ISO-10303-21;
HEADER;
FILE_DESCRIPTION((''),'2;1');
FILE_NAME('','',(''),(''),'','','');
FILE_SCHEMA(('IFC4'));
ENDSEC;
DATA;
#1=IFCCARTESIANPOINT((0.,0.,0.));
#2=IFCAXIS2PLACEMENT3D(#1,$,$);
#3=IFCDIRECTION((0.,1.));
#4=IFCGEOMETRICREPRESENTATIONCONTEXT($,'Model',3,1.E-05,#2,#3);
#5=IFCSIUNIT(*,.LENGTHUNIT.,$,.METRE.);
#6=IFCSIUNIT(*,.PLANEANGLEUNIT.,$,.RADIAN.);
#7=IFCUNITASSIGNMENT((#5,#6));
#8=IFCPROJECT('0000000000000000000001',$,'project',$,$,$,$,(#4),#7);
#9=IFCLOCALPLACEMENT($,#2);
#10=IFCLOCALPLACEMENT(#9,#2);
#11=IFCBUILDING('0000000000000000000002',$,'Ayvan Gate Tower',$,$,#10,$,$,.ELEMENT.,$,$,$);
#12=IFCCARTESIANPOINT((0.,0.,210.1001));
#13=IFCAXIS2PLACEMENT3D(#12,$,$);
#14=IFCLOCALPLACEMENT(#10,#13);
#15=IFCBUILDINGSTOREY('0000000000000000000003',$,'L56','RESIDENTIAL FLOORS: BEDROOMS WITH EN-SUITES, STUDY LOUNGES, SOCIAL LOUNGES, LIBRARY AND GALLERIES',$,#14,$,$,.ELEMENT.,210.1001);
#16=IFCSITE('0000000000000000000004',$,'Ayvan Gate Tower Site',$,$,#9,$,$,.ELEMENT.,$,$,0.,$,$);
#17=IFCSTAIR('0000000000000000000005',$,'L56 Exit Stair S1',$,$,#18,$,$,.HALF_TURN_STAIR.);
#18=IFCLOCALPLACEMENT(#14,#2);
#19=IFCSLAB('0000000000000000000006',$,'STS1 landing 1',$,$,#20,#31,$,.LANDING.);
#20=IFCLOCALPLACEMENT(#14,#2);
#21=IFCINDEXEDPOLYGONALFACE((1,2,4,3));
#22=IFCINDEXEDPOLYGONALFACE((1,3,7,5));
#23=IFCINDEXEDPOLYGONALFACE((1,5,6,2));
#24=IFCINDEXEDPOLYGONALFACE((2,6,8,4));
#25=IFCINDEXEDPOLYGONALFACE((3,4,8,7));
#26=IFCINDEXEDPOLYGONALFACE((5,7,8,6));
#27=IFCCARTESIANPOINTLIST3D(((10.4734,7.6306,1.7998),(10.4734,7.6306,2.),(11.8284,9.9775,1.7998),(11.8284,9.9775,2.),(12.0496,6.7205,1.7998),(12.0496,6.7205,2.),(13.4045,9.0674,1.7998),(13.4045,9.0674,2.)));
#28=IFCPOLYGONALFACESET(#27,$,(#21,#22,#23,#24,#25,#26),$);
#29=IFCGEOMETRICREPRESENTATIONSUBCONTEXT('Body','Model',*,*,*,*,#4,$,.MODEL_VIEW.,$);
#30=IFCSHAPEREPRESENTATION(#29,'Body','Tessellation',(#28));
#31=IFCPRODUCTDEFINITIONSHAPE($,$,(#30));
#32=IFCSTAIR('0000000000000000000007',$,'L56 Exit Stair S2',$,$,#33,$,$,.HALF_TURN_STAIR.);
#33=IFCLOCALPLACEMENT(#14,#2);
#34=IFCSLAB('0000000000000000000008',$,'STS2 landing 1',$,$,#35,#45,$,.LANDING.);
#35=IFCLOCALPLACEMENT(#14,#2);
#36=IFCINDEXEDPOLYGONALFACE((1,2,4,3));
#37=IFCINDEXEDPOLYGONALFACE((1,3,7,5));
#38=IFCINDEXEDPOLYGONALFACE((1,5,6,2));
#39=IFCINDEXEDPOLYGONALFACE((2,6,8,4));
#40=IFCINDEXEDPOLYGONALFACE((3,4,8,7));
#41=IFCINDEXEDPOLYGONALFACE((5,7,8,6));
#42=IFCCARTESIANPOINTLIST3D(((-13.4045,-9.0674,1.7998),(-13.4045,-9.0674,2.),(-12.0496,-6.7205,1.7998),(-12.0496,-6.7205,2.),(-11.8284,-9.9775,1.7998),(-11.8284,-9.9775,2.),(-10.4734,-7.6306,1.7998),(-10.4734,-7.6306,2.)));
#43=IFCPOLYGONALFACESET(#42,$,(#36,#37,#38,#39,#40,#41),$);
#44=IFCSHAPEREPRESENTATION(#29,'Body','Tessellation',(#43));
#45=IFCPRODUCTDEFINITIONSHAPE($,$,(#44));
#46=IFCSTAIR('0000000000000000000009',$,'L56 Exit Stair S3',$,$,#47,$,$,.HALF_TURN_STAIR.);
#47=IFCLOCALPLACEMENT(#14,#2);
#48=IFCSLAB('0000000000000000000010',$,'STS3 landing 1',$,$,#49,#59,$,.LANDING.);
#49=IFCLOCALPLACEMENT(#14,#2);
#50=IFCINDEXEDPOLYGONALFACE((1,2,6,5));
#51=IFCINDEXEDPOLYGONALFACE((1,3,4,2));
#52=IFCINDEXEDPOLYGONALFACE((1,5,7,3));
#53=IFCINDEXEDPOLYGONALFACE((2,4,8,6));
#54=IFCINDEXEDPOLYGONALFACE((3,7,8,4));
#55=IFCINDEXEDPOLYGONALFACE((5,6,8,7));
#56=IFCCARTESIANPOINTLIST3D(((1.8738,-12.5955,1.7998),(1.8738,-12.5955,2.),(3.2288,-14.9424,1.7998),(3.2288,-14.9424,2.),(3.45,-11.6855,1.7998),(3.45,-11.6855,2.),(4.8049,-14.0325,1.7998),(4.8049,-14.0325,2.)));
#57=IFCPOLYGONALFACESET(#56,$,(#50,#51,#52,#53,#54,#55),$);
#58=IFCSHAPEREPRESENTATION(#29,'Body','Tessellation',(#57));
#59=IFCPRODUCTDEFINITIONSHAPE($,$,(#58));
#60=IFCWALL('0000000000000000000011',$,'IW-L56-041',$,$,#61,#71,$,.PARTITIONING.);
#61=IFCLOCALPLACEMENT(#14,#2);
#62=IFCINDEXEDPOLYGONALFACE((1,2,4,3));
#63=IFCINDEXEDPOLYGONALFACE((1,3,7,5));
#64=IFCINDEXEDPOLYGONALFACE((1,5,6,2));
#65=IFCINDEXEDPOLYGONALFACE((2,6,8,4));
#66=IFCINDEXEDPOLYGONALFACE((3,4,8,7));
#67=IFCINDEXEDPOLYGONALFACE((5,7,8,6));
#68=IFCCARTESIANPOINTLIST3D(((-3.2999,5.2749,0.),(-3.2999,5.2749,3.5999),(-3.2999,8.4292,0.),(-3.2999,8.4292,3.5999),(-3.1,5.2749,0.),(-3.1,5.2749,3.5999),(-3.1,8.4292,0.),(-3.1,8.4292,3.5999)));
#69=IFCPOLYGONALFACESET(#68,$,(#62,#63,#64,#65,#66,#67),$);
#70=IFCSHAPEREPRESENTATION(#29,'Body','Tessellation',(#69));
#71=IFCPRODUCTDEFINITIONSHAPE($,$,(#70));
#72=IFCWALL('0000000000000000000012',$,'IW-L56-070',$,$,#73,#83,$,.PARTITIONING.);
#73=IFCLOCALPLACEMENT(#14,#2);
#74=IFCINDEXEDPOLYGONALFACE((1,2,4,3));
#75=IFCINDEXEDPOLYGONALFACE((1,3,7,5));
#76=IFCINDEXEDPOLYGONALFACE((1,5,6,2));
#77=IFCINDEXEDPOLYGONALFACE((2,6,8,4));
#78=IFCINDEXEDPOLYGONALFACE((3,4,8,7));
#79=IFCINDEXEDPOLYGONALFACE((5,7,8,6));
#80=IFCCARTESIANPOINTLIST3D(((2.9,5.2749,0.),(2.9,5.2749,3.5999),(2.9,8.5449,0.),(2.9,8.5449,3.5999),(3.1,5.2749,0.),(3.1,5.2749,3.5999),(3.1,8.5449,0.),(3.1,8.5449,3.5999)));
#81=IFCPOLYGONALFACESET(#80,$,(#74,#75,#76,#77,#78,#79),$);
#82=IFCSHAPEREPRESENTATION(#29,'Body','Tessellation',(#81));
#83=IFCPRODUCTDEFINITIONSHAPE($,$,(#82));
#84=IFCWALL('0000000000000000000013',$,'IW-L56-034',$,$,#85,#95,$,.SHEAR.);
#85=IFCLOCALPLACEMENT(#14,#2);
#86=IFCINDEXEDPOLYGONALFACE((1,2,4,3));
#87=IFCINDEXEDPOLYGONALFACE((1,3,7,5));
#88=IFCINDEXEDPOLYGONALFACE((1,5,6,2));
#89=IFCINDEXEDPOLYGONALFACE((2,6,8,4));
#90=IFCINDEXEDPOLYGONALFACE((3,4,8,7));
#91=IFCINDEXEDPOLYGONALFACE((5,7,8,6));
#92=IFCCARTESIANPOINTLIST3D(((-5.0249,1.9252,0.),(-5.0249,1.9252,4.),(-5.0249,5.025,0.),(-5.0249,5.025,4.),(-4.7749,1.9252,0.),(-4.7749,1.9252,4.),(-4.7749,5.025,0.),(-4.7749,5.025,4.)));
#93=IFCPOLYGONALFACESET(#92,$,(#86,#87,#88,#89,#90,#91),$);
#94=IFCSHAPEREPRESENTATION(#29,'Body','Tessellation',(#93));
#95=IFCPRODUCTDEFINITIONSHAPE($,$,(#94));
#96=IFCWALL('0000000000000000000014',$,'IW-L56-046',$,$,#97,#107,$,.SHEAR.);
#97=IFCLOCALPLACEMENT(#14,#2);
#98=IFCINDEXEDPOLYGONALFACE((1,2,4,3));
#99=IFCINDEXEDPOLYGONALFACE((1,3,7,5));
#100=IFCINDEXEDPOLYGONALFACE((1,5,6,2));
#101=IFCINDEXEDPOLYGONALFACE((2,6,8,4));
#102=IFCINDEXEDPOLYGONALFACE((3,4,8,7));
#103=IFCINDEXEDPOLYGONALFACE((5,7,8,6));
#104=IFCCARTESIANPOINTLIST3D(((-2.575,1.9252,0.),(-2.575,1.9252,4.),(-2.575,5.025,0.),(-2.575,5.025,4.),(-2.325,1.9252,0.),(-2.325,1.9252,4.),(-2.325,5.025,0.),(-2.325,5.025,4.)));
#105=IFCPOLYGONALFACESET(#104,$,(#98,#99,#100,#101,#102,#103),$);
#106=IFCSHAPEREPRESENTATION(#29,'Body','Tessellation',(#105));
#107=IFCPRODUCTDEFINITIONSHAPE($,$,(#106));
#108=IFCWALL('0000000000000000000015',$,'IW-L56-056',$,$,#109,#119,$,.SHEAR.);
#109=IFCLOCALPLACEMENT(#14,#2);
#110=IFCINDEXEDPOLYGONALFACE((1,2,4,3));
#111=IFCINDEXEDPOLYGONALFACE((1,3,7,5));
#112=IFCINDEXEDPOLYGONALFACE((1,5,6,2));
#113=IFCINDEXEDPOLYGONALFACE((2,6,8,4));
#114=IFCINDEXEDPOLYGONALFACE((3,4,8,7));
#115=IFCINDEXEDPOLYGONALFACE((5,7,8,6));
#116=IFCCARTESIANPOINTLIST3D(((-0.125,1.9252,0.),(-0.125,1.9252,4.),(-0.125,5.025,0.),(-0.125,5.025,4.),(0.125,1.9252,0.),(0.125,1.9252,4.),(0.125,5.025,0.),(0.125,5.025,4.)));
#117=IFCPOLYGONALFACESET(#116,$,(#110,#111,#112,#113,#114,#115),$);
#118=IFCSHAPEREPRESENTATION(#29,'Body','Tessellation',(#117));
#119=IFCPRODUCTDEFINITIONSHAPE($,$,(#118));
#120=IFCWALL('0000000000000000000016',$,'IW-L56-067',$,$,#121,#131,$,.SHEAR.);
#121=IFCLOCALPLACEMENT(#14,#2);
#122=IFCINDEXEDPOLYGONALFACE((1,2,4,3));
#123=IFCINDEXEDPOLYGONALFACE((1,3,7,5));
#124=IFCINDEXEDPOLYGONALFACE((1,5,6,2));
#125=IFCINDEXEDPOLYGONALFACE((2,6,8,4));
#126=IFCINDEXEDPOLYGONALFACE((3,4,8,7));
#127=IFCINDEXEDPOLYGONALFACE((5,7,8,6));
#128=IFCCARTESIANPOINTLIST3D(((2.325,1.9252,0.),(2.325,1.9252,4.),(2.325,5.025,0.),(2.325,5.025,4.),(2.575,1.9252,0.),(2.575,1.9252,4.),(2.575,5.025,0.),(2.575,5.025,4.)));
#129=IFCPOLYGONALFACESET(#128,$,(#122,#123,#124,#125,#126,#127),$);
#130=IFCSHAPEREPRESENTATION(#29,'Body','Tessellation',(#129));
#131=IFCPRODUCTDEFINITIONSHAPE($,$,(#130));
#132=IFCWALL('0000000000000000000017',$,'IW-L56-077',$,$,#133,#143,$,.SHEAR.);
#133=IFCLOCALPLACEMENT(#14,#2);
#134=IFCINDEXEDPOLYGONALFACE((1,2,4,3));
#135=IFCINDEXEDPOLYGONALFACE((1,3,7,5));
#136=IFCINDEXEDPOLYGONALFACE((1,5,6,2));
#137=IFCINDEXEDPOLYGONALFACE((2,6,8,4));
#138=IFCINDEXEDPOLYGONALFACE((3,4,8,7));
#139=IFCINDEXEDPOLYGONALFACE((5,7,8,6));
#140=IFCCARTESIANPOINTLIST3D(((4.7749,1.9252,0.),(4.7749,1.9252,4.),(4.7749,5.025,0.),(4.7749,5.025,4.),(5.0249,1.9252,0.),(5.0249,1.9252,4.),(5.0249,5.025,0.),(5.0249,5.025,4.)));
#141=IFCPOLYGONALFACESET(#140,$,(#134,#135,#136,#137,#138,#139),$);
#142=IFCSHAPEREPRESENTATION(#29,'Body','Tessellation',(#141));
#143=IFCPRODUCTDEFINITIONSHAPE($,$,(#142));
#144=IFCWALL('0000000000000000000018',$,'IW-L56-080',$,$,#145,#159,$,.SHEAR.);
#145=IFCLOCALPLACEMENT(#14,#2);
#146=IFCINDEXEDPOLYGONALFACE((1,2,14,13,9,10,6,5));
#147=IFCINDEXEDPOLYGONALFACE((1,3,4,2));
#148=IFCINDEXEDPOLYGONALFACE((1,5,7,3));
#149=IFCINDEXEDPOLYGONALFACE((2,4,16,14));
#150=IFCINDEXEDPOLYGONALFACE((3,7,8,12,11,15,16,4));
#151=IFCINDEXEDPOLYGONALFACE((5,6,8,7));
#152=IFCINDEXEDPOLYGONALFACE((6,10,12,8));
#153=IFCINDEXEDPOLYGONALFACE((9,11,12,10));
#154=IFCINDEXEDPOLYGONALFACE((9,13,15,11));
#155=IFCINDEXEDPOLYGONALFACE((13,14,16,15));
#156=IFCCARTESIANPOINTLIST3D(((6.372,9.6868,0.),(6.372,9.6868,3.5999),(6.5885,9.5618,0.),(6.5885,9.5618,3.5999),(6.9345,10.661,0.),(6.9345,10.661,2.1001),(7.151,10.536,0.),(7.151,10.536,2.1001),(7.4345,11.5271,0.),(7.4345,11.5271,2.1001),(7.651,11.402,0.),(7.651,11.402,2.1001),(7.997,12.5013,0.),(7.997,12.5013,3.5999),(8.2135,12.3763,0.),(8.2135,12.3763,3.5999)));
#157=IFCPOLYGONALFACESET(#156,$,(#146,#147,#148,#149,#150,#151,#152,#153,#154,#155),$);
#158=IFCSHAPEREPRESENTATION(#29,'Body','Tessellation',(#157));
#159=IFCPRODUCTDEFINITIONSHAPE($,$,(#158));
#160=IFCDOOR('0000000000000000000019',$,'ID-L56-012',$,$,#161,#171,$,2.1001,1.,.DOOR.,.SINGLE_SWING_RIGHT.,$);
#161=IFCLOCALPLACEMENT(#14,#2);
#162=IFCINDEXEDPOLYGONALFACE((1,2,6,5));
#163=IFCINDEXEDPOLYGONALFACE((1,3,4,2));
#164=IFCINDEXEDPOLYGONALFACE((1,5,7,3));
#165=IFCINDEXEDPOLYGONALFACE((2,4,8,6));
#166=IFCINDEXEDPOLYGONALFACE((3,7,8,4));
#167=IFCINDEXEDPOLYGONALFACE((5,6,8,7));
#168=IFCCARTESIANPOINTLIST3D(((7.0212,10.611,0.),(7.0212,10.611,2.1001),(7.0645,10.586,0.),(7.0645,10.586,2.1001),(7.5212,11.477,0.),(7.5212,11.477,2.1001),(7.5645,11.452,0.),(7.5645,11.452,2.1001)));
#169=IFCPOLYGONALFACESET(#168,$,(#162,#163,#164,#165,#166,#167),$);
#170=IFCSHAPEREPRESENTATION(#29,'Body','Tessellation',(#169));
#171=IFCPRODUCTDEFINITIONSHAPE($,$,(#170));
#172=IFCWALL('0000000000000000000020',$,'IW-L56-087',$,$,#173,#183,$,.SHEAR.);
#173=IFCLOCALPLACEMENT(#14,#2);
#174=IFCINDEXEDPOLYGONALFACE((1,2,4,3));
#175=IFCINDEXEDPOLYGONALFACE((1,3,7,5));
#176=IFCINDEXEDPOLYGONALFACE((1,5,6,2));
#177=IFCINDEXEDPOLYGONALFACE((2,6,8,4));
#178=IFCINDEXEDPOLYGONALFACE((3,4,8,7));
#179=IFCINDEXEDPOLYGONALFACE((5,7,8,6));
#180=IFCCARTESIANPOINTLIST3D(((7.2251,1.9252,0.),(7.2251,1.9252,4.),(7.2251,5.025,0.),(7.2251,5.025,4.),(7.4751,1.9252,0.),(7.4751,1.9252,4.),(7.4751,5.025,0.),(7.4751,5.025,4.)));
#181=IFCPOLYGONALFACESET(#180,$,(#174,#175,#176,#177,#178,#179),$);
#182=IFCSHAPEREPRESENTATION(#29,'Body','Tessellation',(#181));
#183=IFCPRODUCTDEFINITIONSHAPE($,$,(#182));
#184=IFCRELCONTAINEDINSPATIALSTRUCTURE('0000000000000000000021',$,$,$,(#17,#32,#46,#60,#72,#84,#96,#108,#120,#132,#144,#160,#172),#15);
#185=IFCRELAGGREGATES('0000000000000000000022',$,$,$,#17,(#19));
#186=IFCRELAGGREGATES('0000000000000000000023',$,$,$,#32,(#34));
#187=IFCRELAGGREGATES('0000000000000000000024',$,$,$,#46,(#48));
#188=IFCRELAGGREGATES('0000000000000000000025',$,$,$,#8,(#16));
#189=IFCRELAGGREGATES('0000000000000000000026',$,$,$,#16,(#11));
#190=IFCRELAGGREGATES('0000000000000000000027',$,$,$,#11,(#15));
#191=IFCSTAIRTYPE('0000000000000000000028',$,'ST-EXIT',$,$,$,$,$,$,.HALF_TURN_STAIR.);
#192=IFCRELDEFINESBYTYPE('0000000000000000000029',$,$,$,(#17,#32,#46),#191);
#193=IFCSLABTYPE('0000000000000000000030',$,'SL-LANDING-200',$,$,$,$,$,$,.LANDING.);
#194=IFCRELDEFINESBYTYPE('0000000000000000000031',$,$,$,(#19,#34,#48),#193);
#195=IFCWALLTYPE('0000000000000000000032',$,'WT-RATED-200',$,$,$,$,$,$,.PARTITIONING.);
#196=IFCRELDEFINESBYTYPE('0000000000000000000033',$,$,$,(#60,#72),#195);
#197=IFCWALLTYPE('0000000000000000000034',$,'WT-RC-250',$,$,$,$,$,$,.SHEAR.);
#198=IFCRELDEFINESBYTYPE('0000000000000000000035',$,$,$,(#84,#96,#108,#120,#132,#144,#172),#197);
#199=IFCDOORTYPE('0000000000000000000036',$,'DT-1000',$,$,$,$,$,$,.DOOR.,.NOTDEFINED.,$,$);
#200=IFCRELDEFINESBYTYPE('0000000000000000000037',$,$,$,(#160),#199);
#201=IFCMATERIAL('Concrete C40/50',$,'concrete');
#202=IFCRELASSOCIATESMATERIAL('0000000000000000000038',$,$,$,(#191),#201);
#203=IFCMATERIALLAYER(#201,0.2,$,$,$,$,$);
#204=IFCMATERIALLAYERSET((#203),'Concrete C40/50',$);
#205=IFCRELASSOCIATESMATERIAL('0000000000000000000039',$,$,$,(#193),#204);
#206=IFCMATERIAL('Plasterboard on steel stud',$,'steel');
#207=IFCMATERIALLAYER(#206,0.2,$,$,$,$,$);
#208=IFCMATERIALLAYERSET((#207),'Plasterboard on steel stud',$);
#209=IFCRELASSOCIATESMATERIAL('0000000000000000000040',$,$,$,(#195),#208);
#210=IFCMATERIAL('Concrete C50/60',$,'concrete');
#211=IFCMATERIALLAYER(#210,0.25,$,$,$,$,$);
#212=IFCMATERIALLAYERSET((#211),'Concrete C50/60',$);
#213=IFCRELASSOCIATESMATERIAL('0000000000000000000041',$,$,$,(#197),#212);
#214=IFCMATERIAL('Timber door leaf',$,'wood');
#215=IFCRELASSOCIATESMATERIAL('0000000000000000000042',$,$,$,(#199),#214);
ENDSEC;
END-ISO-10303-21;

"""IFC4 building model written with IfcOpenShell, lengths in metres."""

from ifc_helpers import new_model, si_unit, direction, frame, frame_2d, origin, place, context, subcontext, project, spatial, polyline, rectangle, outline, extrude, material, layer, layer_set, type_object, element, fill, aggregate, save


model = new_model("IFC4")

# Units and contexts
model_context = context("Model", 3, precision=1e-05, world=origin(), true_north=direction((0.0, 1.0)))
body_context = subcontext(model_context, "Body", "Model", "MODEL_VIEW")
ifc_project = project(units=[si_unit("LENGTHUNIT", "METRE"), si_unit("PLANEANGLEUNIT", "RADIAN")], contexts=[model_context])

# Site, building, storey
site_placement = place(None, origin())
site = spatial("IfcSite", under=ifc_project, at=site_placement, Name="Ayvan Gate Tower Site", CompositionType="ELEMENT", RefElevation=0.0)
building_placement = place(site_placement, origin())
building = spatial("IfcBuilding", under=site, at=building_placement, Name="Ayvan Gate Tower", CompositionType="ELEMENT")
storey_placement = place(building_placement, frame((0.0, 0.0, 210.1001)))
storey = spatial("IfcBuildingStorey", under=building, at=storey_placement, Name="L56", Description="RESIDENTIAL FLOORS: BEDROOMS WITH EN-SUITES, STUDY LOUNGES, SOCIAL LOUNGES, LIBRARY AND GALLERIES", CompositionType="ELEMENT", Elevation=210.1001)

# Stairs, slabs
ifc_material_1 = material(Name="Concrete C40/50", Category="concrete")
stair_type = type_object("IfcStairType", Name="ST-EXIT", PredefinedType="HALF_TURN_STAIR", material=ifc_material_1)
stair_1_placement = place(storey_placement, origin())
stair_1 = element("IfcStair", 1, at=stair_1_placement, inside=storey, type_object=stair_type, Name="L56 Exit Stair S1", PredefinedType="HALF_TURN_STAIR")
ifc_layer_1 = layer(ifc_material_1, 0.2)
ifc_layer_set_1 = layer_set([ifc_layer_1], Name="Concrete C40/50")
slab_type = type_object("IfcSlabType", Name="SL-LANDING-200", PredefinedType="LANDING", material=ifc_layer_set_1)
slab_1_placement = place(storey_placement, frame((0.0, 0.0, 1.7998)))
slab_1 = element("IfcSlab", 2, at=slab_1_placement, type_object=slab_type, Name="STS1 landing 1", PredefinedType="LANDING", context=body_context, shape_type="SweptSolid", body=[
    extrude(outline(polyline([(10.4734, 7.6306), (12.0496, 6.7205), (13.4045, 9.0674), (11.8284, 9.9775), (10.4734, 7.6306)])), origin(), (0.0, 0.0, 1.0), 0.2002),
])
aggregate(stair_1, [slab_1])
stair_2_placement = place(storey_placement, origin())
stair_2 = element("IfcStair", 3, at=stair_2_placement, inside=storey, type_object=stair_type, Name="L56 Exit Stair S2", PredefinedType="HALF_TURN_STAIR")
slab_2_placement = place(storey_placement, frame((0.0, 0.0, 1.7998)))
slab_2 = element("IfcSlab", 4, at=slab_2_placement, type_object=slab_type, Name="STS2 landing 1", PredefinedType="LANDING", context=body_context, shape_type="SweptSolid", body=[
    extrude(outline(polyline([(-10.4734, -7.6306), (-12.0496, -6.7205), (-13.4045, -9.0674), (-11.8284, -9.9775), (-10.4734, -7.6306)])), origin(), (0.0, 0.0, 1.0), 0.2002),
])
aggregate(stair_2, [slab_2])
stair_3_placement = place(storey_placement, origin())
stair_3 = element("IfcStair", 5, at=stair_3_placement, inside=storey, type_object=stair_type, Name="L56 Exit Stair S3", PredefinedType="HALF_TURN_STAIR")
slab_3_placement = place(storey_placement, frame((0.0, 0.0, 1.7998)))
slab_3 = element("IfcSlab", 6, at=slab_3_placement, type_object=slab_type, Name="STS3 landing 1", PredefinedType="LANDING", context=body_context, shape_type="SweptSolid", body=[
    extrude(outline(polyline([(3.45, -11.6855), (1.8738, -12.5955), (3.2288, -14.9424), (4.8049, -14.0325), (3.45, -11.6855)])), origin(), (0.0, 0.0, 1.0), 0.2002),
])
aggregate(stair_3, [slab_3])

# Walls
ifc_material_2 = material(Name="Plasterboard on steel stud", Category="steel")
ifc_layer_2 = layer(ifc_material_2, 0.2)
ifc_layer_set_2 = layer_set([ifc_layer_2], Name="Plasterboard on steel stud")
wall_type_1 = type_object("IfcWallType", Name="WT-RATED-200", PredefinedType="PARTITIONING", material=ifc_layer_set_2)
wall_1_placement = place(storey_placement, frame((-3.2, 8.4292, 0.0), z_axis=(0.0, 0.0, 1.0), x_axis=(0.0, -1.0, 0.0)))
element("IfcWall", 7, at=wall_1_placement, inside=storey, type_object=wall_type_1, Name="IW-L56-041", PredefinedType="PARTITIONING", context=body_context, shape_type="SweptSolid", body=[
    extrude(rectangle(XDim=3.1543, YDim=0.2, at=frame_2d((1.5771, 0.0))), origin(), (0.0, 0.0, 1.0), 3.5999),
])
wall_2_placement = place(storey_placement, frame((3.0, 8.5449, 0.0), z_axis=(0.0, 0.0, 1.0), x_axis=(0.0, -1.0, 0.0)))
element("IfcWall", 8, at=wall_2_placement, inside=storey, type_object=wall_type_1, Name="IW-L56-070", PredefinedType="PARTITIONING", context=body_context, shape_type="SweptSolid", body=[
    extrude(rectangle(XDim=3.27, YDim=0.2, at=frame_2d((1.635, 0.0))), origin(), (0.0, 0.0, 1.0), 3.5999),
])
ifc_material_3 = material(Name="Concrete C50/60", Category="concrete")
ifc_layer_3 = layer(ifc_material_3, 0.25)
ifc_layer_set_3 = layer_set([ifc_layer_3], Name="Concrete C50/60")
wall_type_2 = type_object("IfcWallType", Name="WT-RC-250", PredefinedType="SHEAR", material=ifc_layer_set_3)
for number, where, z_axis, x_axis, name in (
    (9, (-4.8999, 5.0249, 0.0), (0.0, 0.0, 1.0), (0.0, -1.0, 0.0), "IW-L56-034"),
    (10, (-2.45, 5.0249, 0.0), (0.0, 0.0, 1.0), (0.0, -1.0, 0.0), "IW-L56-046"),
    (11, (0.0, 5.0249, 0.0), (0.0, 0.0, 1.0), (0.0, -1.0, 0.0), "IW-L56-056"),
    (12, (2.45, 5.0249, 0.0), (0.0, 0.0, 1.0), (0.0, -1.0, 0.0), "IW-L56-067"),
    (13, (4.8999, 5.0249, 0.0), (0.0, 0.0, 1.0), (0.0, -1.0, 0.0), "IW-L56-077"),
):
    element("IfcWall", number, at=place(storey_placement, frame(where, z_axis=z_axis, x_axis=x_axis)), inside=storey, type_object=wall_type_2, Name=name, PredefinedType="SHEAR", context=body_context, shape_type="SweptSolid", body=[
        extrude(rectangle(XDim=3.0999, YDim=0.25, at=frame_2d((1.5498, 0.0))), origin(), (0.0, 0.0, 1.0), 4.0),
    ])

# Wall, opening, door
wall_3_placement = place(storey_placement, frame((6.4802, 9.6243, 0.0), z_axis=(0.0, 0.0, 1.0), x_axis=(0.500017, 0.866015, 0.0)))
wall_3 = element("IfcWall", 14, at=wall_3_placement, inside=storey, type_object=wall_type_2, Name="IW-L56-080", PredefinedType="SHEAR", context=body_context, shape_type="SweptSolid", body=[
    extrude(rectangle(XDim=3.25, YDim=0.25, at=frame_2d((1.625, 0.0))), origin(), (0.0, 0.0, 1.0), 3.5999),
])
opening_placement = place(wall_3_placement, frame((1.125, 0.0, 0.0)))
opening = element("IfcOpeningElement", 15, at=opening_placement, cuts=wall_3, PredefinedType="OPENING", context=body_context, shape_type="SweptSolid", body=[
    extrude(rectangle(XDim=1.0, YDim=2.1001, at=frame_2d((0.5, 1.05))), frame((0.0, 0.135, 0.0), z_axis=(0.0, -1.0, 0.0), x_axis=(1.0, 0.0, 0.0)), (0.0, 0.0, 1.0), 0.27),
])
ifc_material_4 = material(Name="Timber door leaf", Category="wood")
door_type = type_object("IfcDoorType", Name="DT-1000", OperationType="NOTDEFINED", PredefinedType="DOOR", material=ifc_material_4)
door_placement = place(opening_placement, origin())
door = element("IfcDoor", 16, at=door_placement, inside=storey, type_object=door_type, Name="ID-L56-012", OperationType="SINGLE_SWING_RIGHT", OverallHeight=2.1001, OverallWidth=1.0, PredefinedType="DOOR", context=body_context, shape_type="SweptSolid", body=[
    extrude(rectangle(XDim=1.0, YDim=2.1001, at=frame_2d((0.5, 1.05))), frame((0.0, 0.0249, 0.0), z_axis=(0.0, -1.0, 0.0), x_axis=(1.0, 0.0, 0.0)), (0.0, 0.0, 1.0), 0.05),
])
fill(opening, door)

# Wall
wall_4_placement = place(storey_placement, frame((7.3501, 5.0249, 0.0), z_axis=(0.0, 0.0, 1.0), x_axis=(0.0, -1.0, 0.0)))
element("IfcWall", 17, at=wall_4_placement, inside=storey, type_object=wall_type_2, Name="IW-L56-087", PredefinedType="SHEAR", context=body_context, shape_type="SweptSolid", body=[
    extrude(rectangle(XDim=3.0999, YDim=0.25, at=frame_2d((1.5498, 0.0))), origin(), (0.0, 0.0, 1.0), 4.0),
])

save(model, "model.ifc")
